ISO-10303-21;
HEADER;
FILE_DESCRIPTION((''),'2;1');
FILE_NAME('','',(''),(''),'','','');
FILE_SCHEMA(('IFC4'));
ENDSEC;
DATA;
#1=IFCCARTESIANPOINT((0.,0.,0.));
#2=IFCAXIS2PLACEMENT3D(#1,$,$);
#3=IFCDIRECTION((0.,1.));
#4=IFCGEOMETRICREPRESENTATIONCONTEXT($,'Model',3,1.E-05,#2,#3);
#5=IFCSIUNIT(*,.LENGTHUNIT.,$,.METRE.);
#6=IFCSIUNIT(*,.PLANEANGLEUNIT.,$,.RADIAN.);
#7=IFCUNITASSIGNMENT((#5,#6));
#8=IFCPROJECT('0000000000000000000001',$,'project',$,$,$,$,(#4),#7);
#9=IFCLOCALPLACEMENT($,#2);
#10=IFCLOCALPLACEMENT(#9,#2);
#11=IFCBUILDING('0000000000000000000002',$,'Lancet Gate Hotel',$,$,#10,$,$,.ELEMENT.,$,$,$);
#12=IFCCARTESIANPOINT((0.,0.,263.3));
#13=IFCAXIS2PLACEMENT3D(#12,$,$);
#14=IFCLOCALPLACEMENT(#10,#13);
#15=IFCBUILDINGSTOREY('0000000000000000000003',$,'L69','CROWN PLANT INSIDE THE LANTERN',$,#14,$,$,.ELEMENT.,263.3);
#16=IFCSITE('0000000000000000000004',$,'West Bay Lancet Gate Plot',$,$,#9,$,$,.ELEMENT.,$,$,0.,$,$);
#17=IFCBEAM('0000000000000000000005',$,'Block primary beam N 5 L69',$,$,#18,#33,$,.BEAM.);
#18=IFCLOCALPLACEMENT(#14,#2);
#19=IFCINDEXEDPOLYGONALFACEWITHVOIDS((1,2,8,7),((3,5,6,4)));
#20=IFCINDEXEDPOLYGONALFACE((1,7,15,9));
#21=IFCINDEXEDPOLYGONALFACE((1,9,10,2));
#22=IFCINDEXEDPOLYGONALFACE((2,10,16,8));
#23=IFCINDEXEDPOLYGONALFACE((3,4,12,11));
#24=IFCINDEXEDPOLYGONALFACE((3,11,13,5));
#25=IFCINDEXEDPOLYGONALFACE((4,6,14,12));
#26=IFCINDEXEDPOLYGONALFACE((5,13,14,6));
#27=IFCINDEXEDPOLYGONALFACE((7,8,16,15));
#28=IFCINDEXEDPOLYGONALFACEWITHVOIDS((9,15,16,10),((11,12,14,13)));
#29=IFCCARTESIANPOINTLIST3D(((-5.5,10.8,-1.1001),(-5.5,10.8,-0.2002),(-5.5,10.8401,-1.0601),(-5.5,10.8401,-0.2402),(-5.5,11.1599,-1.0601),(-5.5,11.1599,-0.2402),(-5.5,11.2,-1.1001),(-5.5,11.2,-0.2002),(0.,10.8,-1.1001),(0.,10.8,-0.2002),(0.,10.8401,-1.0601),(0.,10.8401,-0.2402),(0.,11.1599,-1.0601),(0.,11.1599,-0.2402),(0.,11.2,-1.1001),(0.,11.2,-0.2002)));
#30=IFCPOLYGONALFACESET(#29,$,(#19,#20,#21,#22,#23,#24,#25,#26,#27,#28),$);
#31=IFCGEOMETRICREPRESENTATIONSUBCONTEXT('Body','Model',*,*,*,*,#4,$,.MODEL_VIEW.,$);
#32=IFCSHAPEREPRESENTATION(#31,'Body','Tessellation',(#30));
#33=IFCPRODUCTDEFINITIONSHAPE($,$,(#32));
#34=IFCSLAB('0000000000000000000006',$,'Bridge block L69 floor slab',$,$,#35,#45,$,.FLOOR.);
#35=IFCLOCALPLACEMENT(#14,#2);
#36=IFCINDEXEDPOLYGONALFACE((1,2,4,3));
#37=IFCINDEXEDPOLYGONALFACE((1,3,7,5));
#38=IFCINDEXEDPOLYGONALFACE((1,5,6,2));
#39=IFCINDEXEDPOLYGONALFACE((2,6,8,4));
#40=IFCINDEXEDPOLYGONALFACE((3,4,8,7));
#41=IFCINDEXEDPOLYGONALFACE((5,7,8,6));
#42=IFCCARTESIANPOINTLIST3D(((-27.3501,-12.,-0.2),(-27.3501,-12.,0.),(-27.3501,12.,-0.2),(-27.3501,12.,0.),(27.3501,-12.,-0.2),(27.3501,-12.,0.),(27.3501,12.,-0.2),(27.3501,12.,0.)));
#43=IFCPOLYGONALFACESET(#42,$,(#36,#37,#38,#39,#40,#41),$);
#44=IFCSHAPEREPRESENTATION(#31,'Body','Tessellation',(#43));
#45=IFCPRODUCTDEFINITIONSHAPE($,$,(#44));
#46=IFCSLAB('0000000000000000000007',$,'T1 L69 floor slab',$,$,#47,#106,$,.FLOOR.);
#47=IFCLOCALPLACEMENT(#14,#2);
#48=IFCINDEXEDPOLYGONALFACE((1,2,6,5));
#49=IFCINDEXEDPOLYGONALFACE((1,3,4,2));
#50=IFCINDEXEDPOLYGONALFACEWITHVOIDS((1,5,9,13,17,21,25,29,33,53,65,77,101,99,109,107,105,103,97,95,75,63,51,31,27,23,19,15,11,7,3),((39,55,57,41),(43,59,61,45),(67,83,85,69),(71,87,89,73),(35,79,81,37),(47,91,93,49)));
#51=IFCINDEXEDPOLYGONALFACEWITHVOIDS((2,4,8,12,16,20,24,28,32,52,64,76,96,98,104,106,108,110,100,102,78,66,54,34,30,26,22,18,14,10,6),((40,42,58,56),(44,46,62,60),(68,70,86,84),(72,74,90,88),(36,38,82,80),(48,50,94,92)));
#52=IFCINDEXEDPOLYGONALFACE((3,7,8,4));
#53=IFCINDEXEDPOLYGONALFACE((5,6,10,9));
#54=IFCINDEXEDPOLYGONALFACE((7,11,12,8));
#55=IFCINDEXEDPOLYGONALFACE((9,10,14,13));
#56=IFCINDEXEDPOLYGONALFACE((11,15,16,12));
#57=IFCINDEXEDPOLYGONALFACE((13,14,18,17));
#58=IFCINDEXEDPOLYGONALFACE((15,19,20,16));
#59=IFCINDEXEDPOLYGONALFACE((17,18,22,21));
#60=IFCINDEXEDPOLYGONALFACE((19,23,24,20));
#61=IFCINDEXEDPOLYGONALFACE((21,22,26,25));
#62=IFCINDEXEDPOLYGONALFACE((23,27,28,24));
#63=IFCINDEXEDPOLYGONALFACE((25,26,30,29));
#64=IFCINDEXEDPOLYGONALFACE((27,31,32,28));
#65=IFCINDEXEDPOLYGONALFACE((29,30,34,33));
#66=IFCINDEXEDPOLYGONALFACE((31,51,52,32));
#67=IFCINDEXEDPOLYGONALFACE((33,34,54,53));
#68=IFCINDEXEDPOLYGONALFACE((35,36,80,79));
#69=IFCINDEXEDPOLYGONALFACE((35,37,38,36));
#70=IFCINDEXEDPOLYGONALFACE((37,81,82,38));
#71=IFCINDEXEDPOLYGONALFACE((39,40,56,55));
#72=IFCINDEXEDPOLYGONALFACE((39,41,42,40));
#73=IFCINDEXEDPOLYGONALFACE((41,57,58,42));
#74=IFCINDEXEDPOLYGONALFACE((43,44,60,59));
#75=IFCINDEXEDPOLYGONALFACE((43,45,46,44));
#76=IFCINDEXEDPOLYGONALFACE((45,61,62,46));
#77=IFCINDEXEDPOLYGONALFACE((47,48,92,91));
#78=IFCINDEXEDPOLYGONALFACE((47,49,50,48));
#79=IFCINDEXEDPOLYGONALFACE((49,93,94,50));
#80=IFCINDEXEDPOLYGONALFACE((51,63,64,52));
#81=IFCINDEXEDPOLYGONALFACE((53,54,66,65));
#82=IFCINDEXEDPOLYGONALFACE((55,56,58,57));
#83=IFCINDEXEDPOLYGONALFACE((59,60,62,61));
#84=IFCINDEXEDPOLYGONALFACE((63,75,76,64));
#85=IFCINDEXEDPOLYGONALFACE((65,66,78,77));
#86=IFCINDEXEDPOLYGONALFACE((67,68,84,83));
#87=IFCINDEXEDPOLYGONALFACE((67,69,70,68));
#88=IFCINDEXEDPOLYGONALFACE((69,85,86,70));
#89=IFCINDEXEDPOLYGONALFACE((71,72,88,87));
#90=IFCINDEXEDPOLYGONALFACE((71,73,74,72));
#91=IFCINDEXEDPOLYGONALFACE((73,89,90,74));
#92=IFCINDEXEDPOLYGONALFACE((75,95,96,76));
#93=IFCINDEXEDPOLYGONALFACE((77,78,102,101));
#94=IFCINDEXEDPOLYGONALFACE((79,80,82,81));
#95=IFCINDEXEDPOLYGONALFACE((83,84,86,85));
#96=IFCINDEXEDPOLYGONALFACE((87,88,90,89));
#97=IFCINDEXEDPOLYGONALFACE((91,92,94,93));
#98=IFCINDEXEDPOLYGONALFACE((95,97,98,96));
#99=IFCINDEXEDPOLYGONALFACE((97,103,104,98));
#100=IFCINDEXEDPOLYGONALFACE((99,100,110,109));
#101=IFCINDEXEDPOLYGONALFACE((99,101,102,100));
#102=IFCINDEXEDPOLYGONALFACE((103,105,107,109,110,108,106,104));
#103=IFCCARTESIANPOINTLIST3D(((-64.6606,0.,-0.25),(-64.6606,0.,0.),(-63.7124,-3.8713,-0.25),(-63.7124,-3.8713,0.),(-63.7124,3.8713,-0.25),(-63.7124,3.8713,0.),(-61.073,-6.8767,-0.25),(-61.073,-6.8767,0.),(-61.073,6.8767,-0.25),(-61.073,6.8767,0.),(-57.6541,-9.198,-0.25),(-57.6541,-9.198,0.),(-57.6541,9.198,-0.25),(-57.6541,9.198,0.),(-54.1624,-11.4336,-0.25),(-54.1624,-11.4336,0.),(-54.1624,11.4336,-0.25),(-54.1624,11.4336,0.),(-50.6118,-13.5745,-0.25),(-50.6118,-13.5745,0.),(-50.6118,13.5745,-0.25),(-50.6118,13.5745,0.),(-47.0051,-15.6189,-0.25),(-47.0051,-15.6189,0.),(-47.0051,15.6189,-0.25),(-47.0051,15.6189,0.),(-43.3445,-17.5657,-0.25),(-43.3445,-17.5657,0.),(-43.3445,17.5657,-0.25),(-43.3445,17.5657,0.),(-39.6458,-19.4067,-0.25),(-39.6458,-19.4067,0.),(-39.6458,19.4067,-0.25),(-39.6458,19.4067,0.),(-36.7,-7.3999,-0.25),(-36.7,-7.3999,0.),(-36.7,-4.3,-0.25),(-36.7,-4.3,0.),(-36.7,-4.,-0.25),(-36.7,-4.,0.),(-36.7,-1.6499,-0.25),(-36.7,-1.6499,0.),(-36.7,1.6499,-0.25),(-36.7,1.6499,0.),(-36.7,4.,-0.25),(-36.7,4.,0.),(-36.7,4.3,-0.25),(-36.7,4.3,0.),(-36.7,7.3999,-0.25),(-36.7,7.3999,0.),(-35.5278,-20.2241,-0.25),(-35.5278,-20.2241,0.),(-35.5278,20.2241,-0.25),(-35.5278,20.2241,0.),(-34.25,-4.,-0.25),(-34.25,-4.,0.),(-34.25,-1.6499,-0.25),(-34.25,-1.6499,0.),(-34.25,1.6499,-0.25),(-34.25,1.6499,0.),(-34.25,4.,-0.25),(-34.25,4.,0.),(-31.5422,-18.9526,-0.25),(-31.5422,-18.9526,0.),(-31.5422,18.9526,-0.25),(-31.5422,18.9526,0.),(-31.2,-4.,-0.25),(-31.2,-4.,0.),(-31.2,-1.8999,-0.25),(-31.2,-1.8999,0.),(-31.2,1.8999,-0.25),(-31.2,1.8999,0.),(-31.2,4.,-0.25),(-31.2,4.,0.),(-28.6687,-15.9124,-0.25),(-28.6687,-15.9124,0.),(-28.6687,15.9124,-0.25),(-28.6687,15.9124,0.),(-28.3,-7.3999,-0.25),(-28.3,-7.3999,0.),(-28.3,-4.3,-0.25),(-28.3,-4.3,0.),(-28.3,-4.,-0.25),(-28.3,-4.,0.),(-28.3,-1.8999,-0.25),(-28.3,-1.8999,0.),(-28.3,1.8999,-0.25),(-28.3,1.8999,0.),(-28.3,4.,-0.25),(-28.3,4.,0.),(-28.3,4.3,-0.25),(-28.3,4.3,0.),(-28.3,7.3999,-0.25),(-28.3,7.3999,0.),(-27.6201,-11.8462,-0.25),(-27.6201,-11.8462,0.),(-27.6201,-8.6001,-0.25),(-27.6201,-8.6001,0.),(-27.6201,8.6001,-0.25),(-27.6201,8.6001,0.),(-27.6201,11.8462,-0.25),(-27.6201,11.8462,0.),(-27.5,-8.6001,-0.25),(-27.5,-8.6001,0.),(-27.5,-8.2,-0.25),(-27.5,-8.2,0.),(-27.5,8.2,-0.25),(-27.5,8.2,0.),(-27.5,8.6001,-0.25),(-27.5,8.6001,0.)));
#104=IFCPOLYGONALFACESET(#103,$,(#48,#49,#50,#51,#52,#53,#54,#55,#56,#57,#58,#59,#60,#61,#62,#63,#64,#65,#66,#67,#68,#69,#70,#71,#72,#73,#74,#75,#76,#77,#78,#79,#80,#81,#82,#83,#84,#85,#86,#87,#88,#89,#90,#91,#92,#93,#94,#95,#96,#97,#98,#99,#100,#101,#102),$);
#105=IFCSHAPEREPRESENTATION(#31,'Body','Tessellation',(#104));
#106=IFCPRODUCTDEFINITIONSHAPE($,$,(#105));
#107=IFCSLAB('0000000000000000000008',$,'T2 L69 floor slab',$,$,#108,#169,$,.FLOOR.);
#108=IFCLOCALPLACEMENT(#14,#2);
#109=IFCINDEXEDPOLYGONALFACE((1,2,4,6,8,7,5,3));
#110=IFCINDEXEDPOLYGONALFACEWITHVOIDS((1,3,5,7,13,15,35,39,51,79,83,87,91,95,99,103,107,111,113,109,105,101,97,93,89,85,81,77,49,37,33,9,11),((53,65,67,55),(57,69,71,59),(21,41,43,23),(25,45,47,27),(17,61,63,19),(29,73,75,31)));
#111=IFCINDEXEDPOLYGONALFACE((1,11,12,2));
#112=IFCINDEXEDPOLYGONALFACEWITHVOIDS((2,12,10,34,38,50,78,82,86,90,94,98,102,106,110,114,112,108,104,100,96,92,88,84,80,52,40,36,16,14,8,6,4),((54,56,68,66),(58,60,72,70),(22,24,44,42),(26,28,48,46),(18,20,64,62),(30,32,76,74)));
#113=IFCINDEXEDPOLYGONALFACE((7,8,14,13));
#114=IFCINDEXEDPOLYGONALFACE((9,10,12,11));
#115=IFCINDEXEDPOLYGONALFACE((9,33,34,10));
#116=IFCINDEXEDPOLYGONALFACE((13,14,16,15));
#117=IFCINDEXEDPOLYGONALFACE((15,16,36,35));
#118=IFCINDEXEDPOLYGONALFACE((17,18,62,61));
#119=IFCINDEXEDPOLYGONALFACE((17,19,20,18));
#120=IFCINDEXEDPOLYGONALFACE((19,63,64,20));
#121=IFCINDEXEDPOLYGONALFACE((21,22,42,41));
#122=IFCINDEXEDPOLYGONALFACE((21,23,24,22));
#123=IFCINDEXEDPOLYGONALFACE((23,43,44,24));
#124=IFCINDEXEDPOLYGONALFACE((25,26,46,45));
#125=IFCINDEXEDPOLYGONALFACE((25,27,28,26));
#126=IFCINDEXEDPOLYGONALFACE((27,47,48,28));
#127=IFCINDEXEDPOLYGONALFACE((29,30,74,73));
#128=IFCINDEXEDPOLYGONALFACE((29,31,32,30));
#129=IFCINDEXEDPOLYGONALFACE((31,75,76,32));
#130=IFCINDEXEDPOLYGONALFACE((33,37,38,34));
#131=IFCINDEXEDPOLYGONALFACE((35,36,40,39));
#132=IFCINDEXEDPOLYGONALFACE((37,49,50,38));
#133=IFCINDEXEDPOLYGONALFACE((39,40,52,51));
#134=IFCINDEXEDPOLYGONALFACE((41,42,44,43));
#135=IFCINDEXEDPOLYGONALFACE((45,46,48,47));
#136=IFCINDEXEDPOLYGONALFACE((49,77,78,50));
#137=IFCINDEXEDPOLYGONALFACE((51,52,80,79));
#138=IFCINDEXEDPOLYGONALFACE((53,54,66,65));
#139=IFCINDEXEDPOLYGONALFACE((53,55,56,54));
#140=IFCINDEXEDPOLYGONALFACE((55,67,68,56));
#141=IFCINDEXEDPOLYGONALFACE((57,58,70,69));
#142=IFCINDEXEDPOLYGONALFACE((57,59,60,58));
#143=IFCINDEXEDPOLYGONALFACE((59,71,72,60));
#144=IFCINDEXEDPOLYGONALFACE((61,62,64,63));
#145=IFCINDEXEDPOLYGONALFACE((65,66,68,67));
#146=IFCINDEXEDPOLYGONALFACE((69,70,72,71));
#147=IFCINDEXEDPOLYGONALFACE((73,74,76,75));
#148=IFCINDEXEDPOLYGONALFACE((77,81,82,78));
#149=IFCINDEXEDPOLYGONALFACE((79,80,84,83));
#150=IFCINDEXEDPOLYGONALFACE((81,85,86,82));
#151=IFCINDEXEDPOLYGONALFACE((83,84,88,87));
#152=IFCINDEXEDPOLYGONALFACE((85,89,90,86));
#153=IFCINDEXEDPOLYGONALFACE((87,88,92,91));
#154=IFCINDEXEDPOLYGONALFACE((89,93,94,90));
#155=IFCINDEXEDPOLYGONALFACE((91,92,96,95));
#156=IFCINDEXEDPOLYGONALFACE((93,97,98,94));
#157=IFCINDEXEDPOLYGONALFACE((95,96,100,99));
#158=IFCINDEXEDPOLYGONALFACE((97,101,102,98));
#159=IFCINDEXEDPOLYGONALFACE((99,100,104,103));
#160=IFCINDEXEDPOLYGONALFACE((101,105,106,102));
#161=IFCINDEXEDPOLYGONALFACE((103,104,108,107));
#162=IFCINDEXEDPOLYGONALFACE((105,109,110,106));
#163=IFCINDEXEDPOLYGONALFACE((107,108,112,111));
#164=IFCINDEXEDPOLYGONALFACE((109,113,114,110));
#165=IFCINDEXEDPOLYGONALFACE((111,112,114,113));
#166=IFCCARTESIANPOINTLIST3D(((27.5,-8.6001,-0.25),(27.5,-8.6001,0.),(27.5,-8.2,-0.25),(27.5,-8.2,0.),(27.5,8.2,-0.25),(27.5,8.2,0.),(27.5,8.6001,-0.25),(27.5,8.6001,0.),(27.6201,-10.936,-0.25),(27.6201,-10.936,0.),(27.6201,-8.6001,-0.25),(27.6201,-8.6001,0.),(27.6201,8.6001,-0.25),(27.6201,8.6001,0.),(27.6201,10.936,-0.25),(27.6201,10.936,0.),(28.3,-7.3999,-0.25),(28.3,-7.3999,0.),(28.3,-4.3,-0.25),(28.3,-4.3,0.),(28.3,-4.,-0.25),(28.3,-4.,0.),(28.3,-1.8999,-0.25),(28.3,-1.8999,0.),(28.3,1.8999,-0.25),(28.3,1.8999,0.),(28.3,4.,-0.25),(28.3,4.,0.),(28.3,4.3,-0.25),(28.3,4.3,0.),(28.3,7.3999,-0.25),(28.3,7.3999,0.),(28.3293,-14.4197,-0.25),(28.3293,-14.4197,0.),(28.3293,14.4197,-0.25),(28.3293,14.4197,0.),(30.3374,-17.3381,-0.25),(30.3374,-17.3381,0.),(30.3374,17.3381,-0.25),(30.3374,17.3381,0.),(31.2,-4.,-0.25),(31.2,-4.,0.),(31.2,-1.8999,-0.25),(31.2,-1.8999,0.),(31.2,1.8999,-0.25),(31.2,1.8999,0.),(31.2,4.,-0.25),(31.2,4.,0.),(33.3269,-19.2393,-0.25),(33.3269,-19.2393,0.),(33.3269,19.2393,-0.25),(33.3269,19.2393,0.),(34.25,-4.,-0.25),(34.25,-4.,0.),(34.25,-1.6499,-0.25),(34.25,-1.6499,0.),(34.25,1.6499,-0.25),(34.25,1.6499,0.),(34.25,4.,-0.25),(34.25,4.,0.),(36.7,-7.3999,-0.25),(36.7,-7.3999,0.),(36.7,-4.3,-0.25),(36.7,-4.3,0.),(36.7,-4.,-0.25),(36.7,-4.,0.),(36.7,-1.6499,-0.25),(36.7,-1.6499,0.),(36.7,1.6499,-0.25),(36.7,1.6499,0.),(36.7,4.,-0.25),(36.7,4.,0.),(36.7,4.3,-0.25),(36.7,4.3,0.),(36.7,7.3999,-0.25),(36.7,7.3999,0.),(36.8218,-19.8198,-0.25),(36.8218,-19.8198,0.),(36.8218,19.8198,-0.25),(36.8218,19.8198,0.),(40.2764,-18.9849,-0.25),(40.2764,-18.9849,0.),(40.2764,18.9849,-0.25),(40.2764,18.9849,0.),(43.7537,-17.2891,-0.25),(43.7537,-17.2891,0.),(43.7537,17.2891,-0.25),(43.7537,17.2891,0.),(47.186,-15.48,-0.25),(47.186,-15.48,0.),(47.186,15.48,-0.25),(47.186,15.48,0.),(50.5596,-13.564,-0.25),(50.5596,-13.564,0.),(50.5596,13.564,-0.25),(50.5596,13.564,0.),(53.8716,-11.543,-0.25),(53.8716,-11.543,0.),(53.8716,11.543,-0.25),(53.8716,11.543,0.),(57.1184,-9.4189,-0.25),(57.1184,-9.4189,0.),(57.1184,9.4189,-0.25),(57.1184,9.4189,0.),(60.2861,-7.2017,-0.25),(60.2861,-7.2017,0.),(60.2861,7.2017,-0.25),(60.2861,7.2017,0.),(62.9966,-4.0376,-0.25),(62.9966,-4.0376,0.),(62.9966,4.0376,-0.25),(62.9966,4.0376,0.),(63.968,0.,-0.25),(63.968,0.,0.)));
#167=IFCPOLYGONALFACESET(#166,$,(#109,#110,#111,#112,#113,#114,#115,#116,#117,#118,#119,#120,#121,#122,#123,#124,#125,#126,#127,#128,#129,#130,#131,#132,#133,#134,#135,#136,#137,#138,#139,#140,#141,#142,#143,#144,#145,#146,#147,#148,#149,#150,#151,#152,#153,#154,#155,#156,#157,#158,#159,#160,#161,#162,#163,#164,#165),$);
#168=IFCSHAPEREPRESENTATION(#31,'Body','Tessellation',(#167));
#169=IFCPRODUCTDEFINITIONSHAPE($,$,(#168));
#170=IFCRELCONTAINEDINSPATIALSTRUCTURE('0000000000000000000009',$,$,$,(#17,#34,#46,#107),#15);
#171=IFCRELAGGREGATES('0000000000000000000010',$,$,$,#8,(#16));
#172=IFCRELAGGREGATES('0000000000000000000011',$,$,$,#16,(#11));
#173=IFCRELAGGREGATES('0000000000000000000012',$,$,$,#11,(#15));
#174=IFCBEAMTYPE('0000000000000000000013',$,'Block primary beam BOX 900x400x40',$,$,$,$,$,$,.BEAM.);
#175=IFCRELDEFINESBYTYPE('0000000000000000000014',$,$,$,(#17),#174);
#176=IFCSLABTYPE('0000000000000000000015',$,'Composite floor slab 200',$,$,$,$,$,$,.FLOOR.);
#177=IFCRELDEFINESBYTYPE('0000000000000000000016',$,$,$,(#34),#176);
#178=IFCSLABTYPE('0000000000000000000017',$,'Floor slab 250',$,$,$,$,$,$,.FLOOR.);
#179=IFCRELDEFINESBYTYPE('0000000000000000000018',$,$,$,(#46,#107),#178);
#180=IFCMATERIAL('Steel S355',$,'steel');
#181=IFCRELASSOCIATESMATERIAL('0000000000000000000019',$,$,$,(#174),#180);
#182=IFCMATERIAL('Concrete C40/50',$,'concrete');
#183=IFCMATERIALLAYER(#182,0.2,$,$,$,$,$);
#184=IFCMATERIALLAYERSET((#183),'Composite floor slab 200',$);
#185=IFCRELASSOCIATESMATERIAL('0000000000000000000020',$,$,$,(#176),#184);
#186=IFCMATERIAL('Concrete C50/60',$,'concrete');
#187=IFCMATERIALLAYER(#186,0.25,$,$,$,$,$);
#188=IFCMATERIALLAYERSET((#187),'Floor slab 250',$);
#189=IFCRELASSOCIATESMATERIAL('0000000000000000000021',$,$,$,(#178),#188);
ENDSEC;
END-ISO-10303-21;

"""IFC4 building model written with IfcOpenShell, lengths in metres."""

from ifc_helpers import new_model, si_unit, direction, frame, origin, origin_2d, place, context, subcontext, project, spatial, polyline, hollow_rectangle, outline, extrude, material, layer, layer_set, material_profile, profile_set, type_object, element, save


model = new_model("IFC4")

# Units and contexts
model_context = context("Model", 3, precision=1e-05, world=origin(), true_north=direction((0.0, 1.0)))
body_context = subcontext(model_context, "Body", "Model", "MODEL_VIEW")
ifc_project = project(units=[si_unit("LENGTHUNIT", "METRE"), si_unit("PLANEANGLEUNIT", "RADIAN")], contexts=[model_context])

# Site, building, storey
site_placement = place(None, origin())
site = spatial("IfcSite", under=ifc_project, at=site_placement, Name="West Bay Lancet Gate Plot", CompositionType="ELEMENT", RefElevation=0.0)
building_placement = place(site_placement, origin())
building = spatial("IfcBuilding", under=site, at=building_placement, Name="Lancet Gate Hotel", CompositionType="ELEMENT")
storey_placement = place(building_placement, frame((0.0, 0.0, 263.3)))
storey = spatial("IfcBuildingStorey", under=building, at=storey_placement, Name="L69", Description="CROWN PLANT INSIDE THE LANTERN", CompositionType="ELEMENT", Elevation=263.3)

# Beam
ifc_material_1 = material(Name="Steel S355", Category="steel")
ifc_material_profile_1 = material_profile(ifc_material_1, hollow_rectangle(XDim=0.3999, YDim=0.8999, WallThickness=0.04, at=origin_2d()), Name="BOX 900x400x40")
ifc_profile_set_1 = profile_set([ifc_material_profile_1], Name="Steel S355")
beam_type_1 = type_object("IfcBeamType", Name="Block primary beam BOX 900x400x40", PredefinedType="BEAM", material=ifc_profile_set_1)
for number, where, z_axis, x_axis, name in (
    (1, (-5.5, 11.0, -0.6501), (1.0, 0.0, 0.0), (0.0, 1.0, 0.0), "Block primary beam N 5 L69"),
):
    element("IfcBeam", number, at=place(storey_placement, frame(where, z_axis=z_axis, x_axis=x_axis)), inside=storey, type_object=beam_type_1, Name=name, PredefinedType="BEAM", context=body_context, shape_type="SweptSolid", body=[
        extrude(hollow_rectangle(XDim=0.3999, YDim=0.8999, WallThickness=0.04, at=origin_2d()), origin(), (0.0, 0.0, 1.0), 5.5),
    ])

# Slabs
ifc_material_2 = material(Name="Concrete C40/50", Category="concrete")
ifc_layer_1 = layer(ifc_material_2, 0.2)
ifc_layer_set_1 = layer_set([ifc_layer_1], Name="Composite floor slab 200")
slab_type_1 = type_object("IfcSlabType", Name="Composite floor slab 200", PredefinedType="FLOOR", material=ifc_layer_set_1)
slab_1_placement = place(storey_placement, frame((0.0, 0.0, -0.2)))
element("IfcSlab", 2, at=slab_1_placement, inside=storey, type_object=slab_type_1, Name="Bridge block L69 floor slab", PredefinedType="FLOOR", context=body_context, shape_type="SweptSolid", body=[
    extrude(outline(polyline([(27.3501, -12.0), (27.3501, 12.0), (-27.3501, 12.0), (-27.3501, -12.0), (27.3501, -12.0)])), origin(), (0.0, 0.0, 1.0), 0.2),
])
ifc_material_3 = material(Name="Concrete C50/60", Category="concrete")
ifc_layer_2 = layer(ifc_material_3, 0.25)
ifc_layer_set_2 = layer_set([ifc_layer_2], Name="Floor slab 250")
slab_type_2 = type_object("IfcSlabType", Name="Floor slab 250", PredefinedType="FLOOR", material=ifc_layer_set_2)
slab_2_placement = place(storey_placement, frame((0.0, 0.0, -0.25)))
element("IfcSlab", 3, at=slab_2_placement, inside=storey, type_object=slab_type_2, Name="T1 L69 floor slab", PredefinedType="FLOOR", context=body_context, shape_type="SweptSolid", body=[
    extrude(outline(polyline([(-27.6201, 8.6001), (-27.6201, 11.8462), (-28.6687, 15.9124), (-31.5422, 18.9526), (-35.5278, 20.2241), (-39.6458, 19.4067), (-43.3445, 17.5657), (-47.0051, 15.6189), (-50.6118, 13.5745), (-54.1624, 11.4336), (-57.6541, 9.198), (-61.073, 6.8767), (-63.7124, 3.8713), (-64.6606, 0.0), (-63.7124, -3.8713), (-61.073, -6.8767), (-57.6541, -9.198), (-54.1624, -11.4336), (-50.6118, -13.5745), (-47.0051, -15.6189), (-43.3445, -17.5657), (-39.6458, -19.4067), (-35.5278, -20.2241), (-31.5422, -18.9526), (-28.6687, -15.9124), (-27.6201, -11.8462), (-27.6201, -8.6001), (-27.5, -8.6001), (-27.5, -8.2), (-27.5, 8.2), (-27.5, 8.6001), (-27.6201, 8.6001)]), holes=[polyline([(-28.3, 7.3999), (-36.7, 7.3999), (-36.7, 4.3), (-28.3, 4.3), (-28.3, 7.3999)]), polyline([(-28.3, 1.8999), (-28.3, 4.0), (-31.2, 4.0), (-31.2, 1.8999), (-28.3, 1.8999)]), polyline([(-34.25, 1.6499), (-34.25, 4.0), (-36.7, 4.0), (-36.7, 1.6499), (-34.25, 1.6499)]), polyline([(-34.25, -1.6499), (-36.7, -1.6499), (-36.7, -4.0), (-34.25, -4.0), (-34.25, -1.6499)]), polyline([(-28.3, -4.0), (-28.3, -1.8999), (-31.2, -1.8999), (-31.2, -4.0), (-28.3, -4.0)]), polyline([(-28.3, -7.3999), (-28.3, -4.3), (-36.7, -4.3), (-36.7, -7.3999), (-28.3, -7.3999)])]), origin(), (0.0, 0.0, 1.0), 0.25),
])
slab_3_placement = place(storey_placement, frame((0.0, 0.0, -0.25)))
element("IfcSlab", 4, at=slab_3_placement, inside=storey, type_object=slab_type_2, Name="T2 L69 floor slab", PredefinedType="FLOOR", context=body_context, shape_type="SweptSolid", body=[
    extrude(outline(polyline([(27.6201, -8.6001), (27.6201, -10.936), (28.3293, -14.4197), (30.3374, -17.3381), (33.3269, -19.2393), (36.8218, -19.8198), (40.2764, -18.9849), (43.7537, -17.2891), (47.186, -15.48), (50.5596, -13.564), (53.8716, -11.543), (57.1184, -9.4189), (60.2861, -7.2017), (62.9966, -4.0376), (63.968, 0.0), (62.9966, 4.0376), (60.2861, 7.2017), (57.1184, 9.4189), (53.8716, 11.543), (50.5596, 13.564), (47.186, 15.48), (43.7537, 17.2891), (40.2764, 18.9849), (36.8218, 19.8198), (33.3269, 19.2393), (30.3374, 17.3381), (28.3293, 14.4197), (27.6201, 10.936), (27.6201, 8.6001), (27.5, 8.6001), (27.5, 8.2), (27.5, -8.2), (27.5, -8.6001), (27.6201, -8.6001)]), holes=[polyline([(28.3, -7.3999), (36.7, -7.3999), (36.7, -4.3), (28.3, -4.3), (28.3, -7.3999)]), polyline([(28.3, -1.8999), (28.3, -4.0), (31.2, -4.0), (31.2, -1.8999), (28.3, -1.8999)]), polyline([(34.25, -1.6499), (34.25, -4.0), (36.7, -4.0), (36.7, -1.6499), (34.25, -1.6499)]), polyline([(34.25, 1.6499), (36.7, 1.6499), (36.7, 4.0), (34.25, 4.0), (34.25, 1.6499)]), polyline([(28.3, 4.0), (28.3, 1.8999), (31.2, 1.8999), (31.2, 4.0), (28.3, 4.0)]), polyline([(28.3, 7.3999), (28.3, 4.3), (36.7, 4.3), (36.7, 7.3999), (28.3, 7.3999)])]), origin(), (0.0, 0.0, 1.0), 0.25),
])

save(model, "model.ifc")
